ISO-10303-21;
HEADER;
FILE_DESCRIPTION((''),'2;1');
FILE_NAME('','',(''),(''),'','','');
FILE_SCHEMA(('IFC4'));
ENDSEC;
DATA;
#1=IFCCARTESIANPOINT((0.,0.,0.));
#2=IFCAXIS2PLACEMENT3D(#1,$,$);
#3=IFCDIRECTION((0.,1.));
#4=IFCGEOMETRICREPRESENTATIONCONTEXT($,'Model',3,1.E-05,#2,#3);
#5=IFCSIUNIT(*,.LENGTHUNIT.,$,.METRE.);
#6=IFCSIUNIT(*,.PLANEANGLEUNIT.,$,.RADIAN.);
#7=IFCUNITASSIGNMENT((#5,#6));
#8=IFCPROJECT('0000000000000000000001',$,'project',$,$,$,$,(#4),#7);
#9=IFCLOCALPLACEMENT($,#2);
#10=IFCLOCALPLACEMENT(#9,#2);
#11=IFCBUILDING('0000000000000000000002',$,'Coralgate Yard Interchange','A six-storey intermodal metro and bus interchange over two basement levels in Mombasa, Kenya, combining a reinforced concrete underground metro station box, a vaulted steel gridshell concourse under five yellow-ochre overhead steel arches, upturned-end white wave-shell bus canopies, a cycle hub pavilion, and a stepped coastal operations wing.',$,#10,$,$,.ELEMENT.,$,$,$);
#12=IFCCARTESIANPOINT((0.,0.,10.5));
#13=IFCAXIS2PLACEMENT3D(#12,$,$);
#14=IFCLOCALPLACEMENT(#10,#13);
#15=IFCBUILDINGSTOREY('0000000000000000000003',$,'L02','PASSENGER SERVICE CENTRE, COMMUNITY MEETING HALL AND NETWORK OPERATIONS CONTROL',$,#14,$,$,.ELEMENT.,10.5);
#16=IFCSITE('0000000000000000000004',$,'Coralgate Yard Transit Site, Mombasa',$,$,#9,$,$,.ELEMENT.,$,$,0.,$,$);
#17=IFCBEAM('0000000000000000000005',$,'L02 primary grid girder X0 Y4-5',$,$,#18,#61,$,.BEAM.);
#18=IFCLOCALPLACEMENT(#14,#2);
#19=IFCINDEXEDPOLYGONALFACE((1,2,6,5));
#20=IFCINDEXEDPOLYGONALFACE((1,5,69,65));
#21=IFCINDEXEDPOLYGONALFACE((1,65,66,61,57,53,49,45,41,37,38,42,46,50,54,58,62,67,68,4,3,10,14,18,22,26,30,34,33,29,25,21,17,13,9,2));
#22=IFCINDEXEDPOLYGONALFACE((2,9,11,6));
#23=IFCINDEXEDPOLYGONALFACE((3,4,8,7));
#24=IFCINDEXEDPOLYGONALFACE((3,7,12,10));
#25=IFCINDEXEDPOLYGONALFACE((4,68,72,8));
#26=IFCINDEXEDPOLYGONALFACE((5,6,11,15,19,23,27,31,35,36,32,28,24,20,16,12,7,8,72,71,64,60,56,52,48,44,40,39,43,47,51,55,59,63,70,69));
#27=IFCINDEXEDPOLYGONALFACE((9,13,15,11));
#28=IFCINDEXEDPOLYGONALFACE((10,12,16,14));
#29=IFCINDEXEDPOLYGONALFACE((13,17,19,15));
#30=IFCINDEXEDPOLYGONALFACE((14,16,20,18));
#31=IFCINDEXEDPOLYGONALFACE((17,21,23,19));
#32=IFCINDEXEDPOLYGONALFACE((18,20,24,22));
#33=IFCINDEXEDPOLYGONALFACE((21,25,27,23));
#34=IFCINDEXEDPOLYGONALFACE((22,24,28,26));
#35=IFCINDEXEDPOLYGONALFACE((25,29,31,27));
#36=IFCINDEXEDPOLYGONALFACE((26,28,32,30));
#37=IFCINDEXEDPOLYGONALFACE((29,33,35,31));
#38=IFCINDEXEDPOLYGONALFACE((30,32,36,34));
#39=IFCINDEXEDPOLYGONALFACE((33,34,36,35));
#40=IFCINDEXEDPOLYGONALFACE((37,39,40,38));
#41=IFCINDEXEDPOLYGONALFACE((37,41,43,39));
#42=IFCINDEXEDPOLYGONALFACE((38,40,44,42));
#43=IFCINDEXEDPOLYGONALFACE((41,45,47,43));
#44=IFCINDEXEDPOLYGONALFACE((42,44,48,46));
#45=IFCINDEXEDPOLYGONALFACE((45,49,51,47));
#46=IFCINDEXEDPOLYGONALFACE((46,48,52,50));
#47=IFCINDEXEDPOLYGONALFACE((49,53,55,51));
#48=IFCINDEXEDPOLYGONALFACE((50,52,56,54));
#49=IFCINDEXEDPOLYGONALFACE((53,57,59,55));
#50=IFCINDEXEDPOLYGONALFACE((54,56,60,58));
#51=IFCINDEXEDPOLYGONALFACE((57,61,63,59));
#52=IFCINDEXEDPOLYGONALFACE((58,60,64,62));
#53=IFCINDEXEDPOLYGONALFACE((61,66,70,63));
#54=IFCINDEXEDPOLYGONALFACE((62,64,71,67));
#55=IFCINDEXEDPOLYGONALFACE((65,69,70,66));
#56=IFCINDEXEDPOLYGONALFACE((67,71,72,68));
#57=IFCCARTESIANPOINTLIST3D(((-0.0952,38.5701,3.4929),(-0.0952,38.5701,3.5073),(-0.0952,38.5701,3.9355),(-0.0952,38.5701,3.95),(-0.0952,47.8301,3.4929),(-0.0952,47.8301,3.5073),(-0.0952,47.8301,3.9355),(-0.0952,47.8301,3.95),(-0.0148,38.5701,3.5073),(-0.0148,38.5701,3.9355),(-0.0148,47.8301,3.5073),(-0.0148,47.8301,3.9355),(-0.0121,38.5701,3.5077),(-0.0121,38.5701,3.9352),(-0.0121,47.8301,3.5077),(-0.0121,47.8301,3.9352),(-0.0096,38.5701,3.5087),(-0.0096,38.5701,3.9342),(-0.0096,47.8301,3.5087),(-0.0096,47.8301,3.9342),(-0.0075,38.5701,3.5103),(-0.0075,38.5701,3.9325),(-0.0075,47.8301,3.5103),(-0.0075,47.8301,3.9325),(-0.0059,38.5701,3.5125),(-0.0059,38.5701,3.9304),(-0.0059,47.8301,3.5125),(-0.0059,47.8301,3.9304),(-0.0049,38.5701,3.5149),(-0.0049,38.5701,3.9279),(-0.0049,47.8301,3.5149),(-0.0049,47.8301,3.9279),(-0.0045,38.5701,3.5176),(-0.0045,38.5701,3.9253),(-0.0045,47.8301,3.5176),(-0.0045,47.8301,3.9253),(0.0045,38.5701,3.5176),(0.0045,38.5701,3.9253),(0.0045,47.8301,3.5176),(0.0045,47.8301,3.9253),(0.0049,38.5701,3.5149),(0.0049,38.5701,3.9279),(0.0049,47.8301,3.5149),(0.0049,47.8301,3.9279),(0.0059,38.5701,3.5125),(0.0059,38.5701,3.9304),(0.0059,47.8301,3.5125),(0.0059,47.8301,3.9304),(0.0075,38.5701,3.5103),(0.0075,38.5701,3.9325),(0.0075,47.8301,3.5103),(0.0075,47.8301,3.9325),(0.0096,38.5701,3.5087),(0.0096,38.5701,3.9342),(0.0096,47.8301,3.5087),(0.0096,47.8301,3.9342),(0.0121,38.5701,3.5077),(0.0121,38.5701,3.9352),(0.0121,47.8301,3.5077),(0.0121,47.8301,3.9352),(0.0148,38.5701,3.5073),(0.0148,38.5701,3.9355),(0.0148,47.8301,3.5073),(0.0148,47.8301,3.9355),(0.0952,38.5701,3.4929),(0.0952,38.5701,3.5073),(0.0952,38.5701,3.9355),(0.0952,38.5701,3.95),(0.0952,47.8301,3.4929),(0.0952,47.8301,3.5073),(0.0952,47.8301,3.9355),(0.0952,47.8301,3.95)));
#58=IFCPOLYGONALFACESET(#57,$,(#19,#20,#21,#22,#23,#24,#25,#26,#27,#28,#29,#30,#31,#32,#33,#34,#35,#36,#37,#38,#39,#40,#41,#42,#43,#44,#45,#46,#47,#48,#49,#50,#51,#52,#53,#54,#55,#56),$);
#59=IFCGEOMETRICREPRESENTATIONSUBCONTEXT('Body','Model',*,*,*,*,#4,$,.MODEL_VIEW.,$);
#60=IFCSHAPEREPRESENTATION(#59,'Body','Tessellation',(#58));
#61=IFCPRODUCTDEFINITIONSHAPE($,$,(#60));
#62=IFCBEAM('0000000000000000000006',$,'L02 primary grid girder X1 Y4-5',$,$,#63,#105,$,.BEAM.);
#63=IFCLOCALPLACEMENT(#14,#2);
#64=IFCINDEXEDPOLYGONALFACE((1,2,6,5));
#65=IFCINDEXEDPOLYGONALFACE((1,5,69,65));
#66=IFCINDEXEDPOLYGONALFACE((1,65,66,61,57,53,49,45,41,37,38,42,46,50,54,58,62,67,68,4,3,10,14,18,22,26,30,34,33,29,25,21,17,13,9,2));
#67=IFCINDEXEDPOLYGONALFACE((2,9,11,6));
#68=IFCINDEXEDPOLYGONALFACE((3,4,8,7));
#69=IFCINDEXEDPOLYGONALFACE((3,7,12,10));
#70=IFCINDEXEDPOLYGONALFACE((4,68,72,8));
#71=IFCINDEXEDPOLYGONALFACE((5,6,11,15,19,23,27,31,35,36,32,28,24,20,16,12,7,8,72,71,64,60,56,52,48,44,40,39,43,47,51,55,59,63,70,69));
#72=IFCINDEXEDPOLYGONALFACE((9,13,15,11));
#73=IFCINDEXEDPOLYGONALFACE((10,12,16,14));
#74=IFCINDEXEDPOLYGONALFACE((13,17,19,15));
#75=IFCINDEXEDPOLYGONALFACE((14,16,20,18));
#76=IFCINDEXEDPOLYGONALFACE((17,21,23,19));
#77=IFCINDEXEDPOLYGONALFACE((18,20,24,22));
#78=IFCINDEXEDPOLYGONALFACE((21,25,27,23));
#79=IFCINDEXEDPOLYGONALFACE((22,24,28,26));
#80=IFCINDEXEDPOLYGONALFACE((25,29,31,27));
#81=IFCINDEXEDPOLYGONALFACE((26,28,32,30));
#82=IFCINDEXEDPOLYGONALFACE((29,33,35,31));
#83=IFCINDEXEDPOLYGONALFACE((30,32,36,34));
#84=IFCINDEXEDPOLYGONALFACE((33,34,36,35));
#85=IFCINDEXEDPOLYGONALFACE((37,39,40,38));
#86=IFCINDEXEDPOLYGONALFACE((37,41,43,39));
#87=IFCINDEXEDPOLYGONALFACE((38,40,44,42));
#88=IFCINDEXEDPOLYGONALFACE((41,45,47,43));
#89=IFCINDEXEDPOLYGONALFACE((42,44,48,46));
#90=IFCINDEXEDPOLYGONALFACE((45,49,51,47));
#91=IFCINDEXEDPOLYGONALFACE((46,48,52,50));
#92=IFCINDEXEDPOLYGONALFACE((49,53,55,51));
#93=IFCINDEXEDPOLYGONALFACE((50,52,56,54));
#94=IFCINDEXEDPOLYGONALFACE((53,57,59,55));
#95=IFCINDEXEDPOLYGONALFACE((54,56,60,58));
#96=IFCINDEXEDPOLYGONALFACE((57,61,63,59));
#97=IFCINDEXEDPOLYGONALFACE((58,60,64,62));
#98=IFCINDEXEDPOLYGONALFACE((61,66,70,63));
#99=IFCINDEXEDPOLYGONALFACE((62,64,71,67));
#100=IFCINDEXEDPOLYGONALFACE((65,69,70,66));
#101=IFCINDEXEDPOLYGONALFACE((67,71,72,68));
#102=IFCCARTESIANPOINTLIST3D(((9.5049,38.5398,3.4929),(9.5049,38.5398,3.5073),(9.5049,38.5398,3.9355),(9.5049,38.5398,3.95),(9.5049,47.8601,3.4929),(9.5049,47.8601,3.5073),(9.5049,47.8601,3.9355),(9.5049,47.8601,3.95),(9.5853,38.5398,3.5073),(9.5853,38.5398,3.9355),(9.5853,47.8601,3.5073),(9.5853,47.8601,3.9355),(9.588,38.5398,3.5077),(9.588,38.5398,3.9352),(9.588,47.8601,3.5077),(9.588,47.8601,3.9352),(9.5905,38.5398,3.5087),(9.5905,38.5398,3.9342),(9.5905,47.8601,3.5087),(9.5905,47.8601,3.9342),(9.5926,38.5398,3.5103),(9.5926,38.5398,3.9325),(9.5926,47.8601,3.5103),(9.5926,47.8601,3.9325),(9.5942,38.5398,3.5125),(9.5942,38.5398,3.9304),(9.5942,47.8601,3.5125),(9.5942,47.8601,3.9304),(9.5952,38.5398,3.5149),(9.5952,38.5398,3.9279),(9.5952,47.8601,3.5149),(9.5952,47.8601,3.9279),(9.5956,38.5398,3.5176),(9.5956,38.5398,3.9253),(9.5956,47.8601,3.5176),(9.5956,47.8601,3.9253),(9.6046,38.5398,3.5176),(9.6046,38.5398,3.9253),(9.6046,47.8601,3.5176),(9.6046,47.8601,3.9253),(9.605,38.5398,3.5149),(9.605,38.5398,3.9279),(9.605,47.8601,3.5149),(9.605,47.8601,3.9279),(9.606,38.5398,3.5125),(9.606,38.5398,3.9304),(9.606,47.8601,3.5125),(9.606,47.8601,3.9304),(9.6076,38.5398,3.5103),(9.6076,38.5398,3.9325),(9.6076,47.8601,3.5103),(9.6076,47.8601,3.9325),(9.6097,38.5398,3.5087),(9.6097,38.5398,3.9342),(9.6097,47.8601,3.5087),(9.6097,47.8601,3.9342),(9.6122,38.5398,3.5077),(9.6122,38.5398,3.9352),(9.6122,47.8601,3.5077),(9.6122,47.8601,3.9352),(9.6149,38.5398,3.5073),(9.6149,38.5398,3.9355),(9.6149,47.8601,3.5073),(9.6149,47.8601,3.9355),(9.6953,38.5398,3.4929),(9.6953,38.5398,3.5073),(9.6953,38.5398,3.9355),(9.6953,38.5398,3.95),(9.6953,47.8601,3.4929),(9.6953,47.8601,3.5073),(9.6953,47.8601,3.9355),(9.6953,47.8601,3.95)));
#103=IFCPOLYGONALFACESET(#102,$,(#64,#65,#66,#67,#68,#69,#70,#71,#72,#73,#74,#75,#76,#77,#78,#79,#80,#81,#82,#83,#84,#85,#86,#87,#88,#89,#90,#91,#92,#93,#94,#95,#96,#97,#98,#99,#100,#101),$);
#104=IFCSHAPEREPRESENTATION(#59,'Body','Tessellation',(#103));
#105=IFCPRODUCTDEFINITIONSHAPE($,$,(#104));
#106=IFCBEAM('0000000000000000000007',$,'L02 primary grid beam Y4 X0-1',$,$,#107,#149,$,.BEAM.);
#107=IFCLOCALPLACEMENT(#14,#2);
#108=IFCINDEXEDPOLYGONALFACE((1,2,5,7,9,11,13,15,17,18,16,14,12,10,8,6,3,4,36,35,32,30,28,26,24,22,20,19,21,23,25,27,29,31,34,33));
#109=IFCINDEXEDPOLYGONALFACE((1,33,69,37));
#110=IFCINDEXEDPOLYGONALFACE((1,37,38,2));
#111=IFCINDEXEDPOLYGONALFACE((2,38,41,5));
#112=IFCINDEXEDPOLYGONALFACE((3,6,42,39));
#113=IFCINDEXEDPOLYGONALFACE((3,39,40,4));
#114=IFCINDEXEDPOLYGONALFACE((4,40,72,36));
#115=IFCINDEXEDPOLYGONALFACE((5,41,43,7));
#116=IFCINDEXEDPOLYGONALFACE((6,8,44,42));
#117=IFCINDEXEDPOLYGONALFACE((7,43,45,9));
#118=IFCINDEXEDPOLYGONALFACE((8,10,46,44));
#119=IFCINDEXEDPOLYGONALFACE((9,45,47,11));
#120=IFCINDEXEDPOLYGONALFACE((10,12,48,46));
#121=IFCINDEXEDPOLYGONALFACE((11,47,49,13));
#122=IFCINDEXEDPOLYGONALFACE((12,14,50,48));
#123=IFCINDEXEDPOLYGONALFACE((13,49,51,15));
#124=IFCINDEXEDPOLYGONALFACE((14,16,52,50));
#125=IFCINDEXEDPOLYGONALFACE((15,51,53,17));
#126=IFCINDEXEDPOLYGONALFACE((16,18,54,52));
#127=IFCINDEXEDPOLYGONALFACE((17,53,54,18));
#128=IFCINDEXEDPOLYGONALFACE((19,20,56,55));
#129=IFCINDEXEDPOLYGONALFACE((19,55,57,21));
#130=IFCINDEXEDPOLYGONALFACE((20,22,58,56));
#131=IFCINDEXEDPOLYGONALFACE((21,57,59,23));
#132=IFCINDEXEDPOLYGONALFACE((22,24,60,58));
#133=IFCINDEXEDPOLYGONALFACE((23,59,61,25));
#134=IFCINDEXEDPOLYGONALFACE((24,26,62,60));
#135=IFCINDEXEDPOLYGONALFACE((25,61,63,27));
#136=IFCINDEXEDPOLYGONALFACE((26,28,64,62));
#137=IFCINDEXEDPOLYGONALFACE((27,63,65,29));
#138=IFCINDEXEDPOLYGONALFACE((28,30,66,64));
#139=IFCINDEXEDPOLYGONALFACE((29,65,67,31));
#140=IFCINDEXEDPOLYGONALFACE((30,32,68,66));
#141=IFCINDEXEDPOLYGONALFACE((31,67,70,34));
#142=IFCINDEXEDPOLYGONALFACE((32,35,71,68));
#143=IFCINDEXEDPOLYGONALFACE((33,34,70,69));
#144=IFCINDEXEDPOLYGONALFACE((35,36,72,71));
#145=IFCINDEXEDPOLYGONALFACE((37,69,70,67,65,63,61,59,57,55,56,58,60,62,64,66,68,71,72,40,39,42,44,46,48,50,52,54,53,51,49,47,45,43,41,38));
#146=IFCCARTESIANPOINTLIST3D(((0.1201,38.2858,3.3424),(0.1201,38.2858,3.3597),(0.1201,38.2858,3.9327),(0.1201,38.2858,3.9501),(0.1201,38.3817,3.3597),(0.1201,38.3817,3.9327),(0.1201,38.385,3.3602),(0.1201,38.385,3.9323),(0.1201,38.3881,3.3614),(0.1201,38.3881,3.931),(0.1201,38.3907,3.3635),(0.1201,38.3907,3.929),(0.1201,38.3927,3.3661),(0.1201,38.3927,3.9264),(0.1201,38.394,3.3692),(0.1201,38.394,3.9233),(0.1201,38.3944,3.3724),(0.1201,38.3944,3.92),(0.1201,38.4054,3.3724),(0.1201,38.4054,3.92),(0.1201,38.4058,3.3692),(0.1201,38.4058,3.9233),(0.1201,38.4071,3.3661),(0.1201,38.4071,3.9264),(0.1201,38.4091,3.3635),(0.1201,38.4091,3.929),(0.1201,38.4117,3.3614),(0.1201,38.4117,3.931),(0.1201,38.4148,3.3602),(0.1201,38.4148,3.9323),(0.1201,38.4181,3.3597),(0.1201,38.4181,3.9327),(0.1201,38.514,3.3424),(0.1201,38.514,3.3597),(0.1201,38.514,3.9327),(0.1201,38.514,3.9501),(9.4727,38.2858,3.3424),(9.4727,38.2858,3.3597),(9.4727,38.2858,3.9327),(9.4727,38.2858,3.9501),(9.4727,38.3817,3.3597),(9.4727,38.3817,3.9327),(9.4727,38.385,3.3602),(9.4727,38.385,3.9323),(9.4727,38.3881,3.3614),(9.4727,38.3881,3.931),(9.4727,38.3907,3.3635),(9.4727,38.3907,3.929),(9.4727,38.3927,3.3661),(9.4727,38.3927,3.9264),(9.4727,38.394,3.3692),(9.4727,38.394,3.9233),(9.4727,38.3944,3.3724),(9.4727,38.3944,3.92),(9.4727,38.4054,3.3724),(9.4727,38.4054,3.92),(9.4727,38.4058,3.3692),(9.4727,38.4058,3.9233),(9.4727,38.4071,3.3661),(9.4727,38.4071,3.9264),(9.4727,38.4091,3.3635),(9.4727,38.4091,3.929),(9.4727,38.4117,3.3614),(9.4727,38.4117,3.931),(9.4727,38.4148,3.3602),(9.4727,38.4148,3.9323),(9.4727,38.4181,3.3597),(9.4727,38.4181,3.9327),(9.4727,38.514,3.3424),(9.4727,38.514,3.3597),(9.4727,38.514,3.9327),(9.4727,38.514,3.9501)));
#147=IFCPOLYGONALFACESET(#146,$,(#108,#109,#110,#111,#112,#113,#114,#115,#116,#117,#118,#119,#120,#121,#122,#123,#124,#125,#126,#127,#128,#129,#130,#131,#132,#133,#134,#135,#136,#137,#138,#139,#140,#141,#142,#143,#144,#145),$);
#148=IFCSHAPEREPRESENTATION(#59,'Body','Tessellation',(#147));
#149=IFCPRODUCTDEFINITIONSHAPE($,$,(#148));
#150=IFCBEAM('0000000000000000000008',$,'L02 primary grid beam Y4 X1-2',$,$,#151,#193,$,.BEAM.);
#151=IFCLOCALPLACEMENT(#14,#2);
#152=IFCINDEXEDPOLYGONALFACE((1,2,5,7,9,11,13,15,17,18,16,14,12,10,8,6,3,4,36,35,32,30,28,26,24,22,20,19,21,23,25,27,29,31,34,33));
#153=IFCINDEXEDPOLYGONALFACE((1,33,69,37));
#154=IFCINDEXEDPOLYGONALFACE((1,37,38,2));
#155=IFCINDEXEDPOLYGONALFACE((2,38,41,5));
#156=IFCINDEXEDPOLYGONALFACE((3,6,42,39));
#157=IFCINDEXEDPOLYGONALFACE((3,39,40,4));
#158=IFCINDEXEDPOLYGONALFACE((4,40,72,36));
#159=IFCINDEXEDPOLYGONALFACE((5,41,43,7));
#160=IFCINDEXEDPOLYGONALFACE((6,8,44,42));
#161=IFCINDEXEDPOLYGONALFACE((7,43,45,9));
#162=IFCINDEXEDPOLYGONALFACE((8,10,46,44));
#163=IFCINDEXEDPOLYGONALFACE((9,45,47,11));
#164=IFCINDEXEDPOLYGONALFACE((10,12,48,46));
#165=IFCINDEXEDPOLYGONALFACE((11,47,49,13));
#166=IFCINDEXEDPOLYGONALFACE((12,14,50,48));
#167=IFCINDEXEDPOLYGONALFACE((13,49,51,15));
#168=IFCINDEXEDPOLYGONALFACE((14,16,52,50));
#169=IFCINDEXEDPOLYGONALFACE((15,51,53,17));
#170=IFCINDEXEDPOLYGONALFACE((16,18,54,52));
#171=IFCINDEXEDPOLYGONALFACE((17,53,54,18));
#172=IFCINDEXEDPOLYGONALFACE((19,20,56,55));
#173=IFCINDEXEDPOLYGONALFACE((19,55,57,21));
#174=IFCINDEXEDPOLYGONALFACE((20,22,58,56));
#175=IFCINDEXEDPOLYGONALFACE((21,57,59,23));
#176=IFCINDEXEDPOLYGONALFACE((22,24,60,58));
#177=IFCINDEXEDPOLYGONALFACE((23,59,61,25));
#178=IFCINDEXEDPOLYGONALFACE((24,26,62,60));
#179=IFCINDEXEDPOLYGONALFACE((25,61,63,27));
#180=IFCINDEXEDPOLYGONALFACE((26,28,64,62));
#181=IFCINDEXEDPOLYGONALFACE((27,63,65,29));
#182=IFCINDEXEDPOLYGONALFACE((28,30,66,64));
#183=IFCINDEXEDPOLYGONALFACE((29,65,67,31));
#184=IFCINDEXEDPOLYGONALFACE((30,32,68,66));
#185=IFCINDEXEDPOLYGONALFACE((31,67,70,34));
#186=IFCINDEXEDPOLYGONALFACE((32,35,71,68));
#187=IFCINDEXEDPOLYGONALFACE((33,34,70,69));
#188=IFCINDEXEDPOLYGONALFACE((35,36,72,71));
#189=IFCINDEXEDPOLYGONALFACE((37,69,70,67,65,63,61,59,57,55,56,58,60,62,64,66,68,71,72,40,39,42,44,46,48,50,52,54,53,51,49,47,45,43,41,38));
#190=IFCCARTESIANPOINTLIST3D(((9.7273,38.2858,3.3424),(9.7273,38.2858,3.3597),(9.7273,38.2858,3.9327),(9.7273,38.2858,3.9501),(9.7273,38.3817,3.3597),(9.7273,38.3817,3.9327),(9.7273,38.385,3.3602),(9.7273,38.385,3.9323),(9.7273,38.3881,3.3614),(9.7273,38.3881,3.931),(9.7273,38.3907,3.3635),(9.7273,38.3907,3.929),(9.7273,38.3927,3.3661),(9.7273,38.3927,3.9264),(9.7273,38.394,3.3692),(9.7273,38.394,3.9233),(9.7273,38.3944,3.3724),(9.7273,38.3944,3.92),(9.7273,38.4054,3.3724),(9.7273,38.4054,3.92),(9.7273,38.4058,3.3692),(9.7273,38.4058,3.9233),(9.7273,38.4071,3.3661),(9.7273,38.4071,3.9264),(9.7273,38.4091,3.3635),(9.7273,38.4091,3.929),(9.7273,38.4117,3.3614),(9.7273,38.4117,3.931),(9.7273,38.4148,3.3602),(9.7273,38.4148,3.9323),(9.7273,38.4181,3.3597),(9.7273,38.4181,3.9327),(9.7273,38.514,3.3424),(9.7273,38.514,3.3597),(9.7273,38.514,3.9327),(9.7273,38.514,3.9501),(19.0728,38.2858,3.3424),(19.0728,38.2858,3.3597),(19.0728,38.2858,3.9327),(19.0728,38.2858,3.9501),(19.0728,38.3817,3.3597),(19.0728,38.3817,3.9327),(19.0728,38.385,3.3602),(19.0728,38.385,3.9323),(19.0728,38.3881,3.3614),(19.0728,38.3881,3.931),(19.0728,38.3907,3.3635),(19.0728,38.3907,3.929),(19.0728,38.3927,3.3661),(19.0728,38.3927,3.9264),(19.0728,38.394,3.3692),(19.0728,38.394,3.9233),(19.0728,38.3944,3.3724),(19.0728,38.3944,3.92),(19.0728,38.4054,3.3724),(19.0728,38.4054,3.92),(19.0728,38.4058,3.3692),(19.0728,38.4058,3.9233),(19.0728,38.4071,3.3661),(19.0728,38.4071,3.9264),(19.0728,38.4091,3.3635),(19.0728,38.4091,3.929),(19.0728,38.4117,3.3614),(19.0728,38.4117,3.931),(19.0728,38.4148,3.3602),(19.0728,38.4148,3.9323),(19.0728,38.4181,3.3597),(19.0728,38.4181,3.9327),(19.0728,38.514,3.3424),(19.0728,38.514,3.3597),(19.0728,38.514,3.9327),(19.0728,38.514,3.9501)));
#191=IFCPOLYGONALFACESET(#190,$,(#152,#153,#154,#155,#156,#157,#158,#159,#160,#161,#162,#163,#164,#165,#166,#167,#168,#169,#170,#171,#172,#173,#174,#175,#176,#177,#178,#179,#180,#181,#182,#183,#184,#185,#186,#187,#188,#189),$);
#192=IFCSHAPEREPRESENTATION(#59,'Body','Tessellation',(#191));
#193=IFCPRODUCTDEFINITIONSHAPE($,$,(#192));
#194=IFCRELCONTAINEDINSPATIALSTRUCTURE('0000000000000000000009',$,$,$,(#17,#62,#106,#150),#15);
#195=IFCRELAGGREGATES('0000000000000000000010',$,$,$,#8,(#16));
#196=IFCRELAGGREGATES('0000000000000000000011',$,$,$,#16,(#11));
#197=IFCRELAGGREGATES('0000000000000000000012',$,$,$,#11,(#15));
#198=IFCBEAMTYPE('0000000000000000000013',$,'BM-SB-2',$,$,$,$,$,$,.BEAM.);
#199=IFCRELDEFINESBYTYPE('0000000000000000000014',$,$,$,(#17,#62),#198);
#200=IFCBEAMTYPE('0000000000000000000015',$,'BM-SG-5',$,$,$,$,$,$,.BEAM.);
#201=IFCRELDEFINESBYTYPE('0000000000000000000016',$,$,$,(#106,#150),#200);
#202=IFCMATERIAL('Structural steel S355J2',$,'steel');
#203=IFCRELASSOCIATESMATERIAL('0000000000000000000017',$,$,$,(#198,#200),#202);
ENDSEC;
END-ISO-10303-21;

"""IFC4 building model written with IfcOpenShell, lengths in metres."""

from ifc_helpers import new_model, si_unit, direction, frame, origin, origin_2d, place, context, subcontext, project, spatial, i_section, extrude, material, material_profile, profile_set, type_object, element, save


model = new_model("IFC4")

# Units and contexts
model_context = context("Model", 3, precision=1e-05, world=origin(), true_north=direction((0.0, 1.0)))
body_context = subcontext(model_context, "Body", "Model", "MODEL_VIEW")
ifc_project = project(units=[si_unit("LENGTHUNIT", "METRE"), si_unit("PLANEANGLEUNIT", "RADIAN")], contexts=[model_context])

# Site, building, storey
site_placement = place(None, origin())
site = spatial("IfcSite", under=ifc_project, at=site_placement, Name="Coralgate Yard Transit Site, Mombasa", CompositionType="ELEMENT", RefElevation=0.0)
building_placement = place(site_placement, origin())
building = spatial("IfcBuilding", under=site, at=building_placement, Name="Coralgate Yard Interchange", Description="A six-storey intermodal metro and bus interchange over two basement levels in Mombasa, Kenya, combining a reinforced concrete underground metro station box, a vaulted steel gridshell concourse under five yellow-ochre overhead steel arches, upturned-end white wave-shell bus canopies, a cycle hub pavilion, and a stepped coastal operations wing.", CompositionType="ELEMENT")
storey_placement = place(building_placement, frame((0.0, 0.0, 10.5)))
storey = spatial("IfcBuildingStorey", under=building, at=storey_placement, Name="L02", Description="PASSENGER SERVICE CENTRE, COMMUNITY MEETING HALL AND NETWORK OPERATIONS CONTROL", CompositionType="ELEMENT", Elevation=10.5)

# Shared definitions
ifc_material_1 = material(Name="Structural steel S355J2", Category="steel")

# Beams
ifc_material_profile_1 = material_profile(ifc_material_1, i_section(OverallWidth=0.1904, OverallDepth=0.457, WebThickness=0.009, FlangeThickness=0.0144, FilletRadius=0.0103, at=origin_2d()), Name="UB 457x191x74")
ifc_profile_set_1 = profile_set([ifc_material_profile_1], Name="Structural steel S355J2")
beam_type_1 = type_object("IfcBeamType", Name="BM-SB-2", PredefinedType="BEAM", material=ifc_profile_set_1)
beam_1_placement = place(storey_placement, frame((0.0, 38.5701, 3.7214), z_axis=(0.0, 1.0, 0.0), x_axis=(-1.0, 0.0, 0.0)))
element("IfcBeam", 1, at=beam_1_placement, inside=storey, type_object=beam_type_1, Name="L02 primary grid girder X0 Y4-5", PredefinedType="BEAM", context=body_context, shape_type="SweptSolid", body=[
    extrude(i_section(OverallWidth=0.1904, OverallDepth=0.457, WebThickness=0.009, FlangeThickness=0.0144, FilletRadius=0.0103, at=origin_2d()), origin(), (0.0, 0.0, 1.0), 9.26),
])
beam_2_placement = place(storey_placement, frame((9.6001, 38.5398, 3.7214), z_axis=(0.0, 1.0, 0.0), x_axis=(-1.0, 0.0, 0.0)))
element("IfcBeam", 2, at=beam_2_placement, inside=storey, type_object=beam_type_1, Name="L02 primary grid girder X1 Y4-5", PredefinedType="BEAM", context=body_context, shape_type="SweptSolid", body=[
    extrude(i_section(OverallWidth=0.1904, OverallDepth=0.457, WebThickness=0.009, FlangeThickness=0.0144, FilletRadius=0.0103, at=origin_2d()), origin(), (0.0, 0.0, 1.0), 9.3203),
])
ifc_material_profile_2 = material_profile(ifc_material_1, i_section(OverallWidth=0.2283, OverallDepth=0.6077, WebThickness=0.011, FlangeThickness=0.0173, FilletRadius=0.0127, at=origin_2d()), Name="UB 610x229x113")
ifc_profile_set_2 = profile_set([ifc_material_profile_2], Name="Structural steel S355J2")
beam_type_2 = type_object("IfcBeamType", Name="BM-SG-5", PredefinedType="BEAM", material=ifc_profile_set_2)
beam_3_placement = place(storey_placement, frame((0.1201, 38.3999, 3.6462), z_axis=(1.0, 0.0, 0.0), x_axis=(0.0, 1.0, 0.0)))
element("IfcBeam", 3, at=beam_3_placement, inside=storey, type_object=beam_type_2, Name="L02 primary grid beam Y4 X0-1", PredefinedType="BEAM", context=body_context, shape_type="SweptSolid", body=[
    extrude(i_section(OverallWidth=0.2283, OverallDepth=0.6077, WebThickness=0.011, FlangeThickness=0.0173, FilletRadius=0.0127, at=origin_2d()), origin(), (0.0, 0.0, 1.0), 9.3525),
])
beam_4_placement = place(storey_placement, frame((9.7273, 38.3999, 3.6462), z_axis=(1.0, 0.0, 0.0), x_axis=(0.0, 1.0, 0.0)))
element("IfcBeam", 4, at=beam_4_placement, inside=storey, type_object=beam_type_2, Name="L02 primary grid beam Y4 X1-2", PredefinedType="BEAM", context=body_context, shape_type="SweptSolid", body=[
    extrude(i_section(OverallWidth=0.2283, OverallDepth=0.6077, WebThickness=0.011, FlangeThickness=0.0173, FilletRadius=0.0127, at=origin_2d()), origin(), (0.0, 0.0, 1.0), 9.3455),
])

save(model, "model.ifc")
